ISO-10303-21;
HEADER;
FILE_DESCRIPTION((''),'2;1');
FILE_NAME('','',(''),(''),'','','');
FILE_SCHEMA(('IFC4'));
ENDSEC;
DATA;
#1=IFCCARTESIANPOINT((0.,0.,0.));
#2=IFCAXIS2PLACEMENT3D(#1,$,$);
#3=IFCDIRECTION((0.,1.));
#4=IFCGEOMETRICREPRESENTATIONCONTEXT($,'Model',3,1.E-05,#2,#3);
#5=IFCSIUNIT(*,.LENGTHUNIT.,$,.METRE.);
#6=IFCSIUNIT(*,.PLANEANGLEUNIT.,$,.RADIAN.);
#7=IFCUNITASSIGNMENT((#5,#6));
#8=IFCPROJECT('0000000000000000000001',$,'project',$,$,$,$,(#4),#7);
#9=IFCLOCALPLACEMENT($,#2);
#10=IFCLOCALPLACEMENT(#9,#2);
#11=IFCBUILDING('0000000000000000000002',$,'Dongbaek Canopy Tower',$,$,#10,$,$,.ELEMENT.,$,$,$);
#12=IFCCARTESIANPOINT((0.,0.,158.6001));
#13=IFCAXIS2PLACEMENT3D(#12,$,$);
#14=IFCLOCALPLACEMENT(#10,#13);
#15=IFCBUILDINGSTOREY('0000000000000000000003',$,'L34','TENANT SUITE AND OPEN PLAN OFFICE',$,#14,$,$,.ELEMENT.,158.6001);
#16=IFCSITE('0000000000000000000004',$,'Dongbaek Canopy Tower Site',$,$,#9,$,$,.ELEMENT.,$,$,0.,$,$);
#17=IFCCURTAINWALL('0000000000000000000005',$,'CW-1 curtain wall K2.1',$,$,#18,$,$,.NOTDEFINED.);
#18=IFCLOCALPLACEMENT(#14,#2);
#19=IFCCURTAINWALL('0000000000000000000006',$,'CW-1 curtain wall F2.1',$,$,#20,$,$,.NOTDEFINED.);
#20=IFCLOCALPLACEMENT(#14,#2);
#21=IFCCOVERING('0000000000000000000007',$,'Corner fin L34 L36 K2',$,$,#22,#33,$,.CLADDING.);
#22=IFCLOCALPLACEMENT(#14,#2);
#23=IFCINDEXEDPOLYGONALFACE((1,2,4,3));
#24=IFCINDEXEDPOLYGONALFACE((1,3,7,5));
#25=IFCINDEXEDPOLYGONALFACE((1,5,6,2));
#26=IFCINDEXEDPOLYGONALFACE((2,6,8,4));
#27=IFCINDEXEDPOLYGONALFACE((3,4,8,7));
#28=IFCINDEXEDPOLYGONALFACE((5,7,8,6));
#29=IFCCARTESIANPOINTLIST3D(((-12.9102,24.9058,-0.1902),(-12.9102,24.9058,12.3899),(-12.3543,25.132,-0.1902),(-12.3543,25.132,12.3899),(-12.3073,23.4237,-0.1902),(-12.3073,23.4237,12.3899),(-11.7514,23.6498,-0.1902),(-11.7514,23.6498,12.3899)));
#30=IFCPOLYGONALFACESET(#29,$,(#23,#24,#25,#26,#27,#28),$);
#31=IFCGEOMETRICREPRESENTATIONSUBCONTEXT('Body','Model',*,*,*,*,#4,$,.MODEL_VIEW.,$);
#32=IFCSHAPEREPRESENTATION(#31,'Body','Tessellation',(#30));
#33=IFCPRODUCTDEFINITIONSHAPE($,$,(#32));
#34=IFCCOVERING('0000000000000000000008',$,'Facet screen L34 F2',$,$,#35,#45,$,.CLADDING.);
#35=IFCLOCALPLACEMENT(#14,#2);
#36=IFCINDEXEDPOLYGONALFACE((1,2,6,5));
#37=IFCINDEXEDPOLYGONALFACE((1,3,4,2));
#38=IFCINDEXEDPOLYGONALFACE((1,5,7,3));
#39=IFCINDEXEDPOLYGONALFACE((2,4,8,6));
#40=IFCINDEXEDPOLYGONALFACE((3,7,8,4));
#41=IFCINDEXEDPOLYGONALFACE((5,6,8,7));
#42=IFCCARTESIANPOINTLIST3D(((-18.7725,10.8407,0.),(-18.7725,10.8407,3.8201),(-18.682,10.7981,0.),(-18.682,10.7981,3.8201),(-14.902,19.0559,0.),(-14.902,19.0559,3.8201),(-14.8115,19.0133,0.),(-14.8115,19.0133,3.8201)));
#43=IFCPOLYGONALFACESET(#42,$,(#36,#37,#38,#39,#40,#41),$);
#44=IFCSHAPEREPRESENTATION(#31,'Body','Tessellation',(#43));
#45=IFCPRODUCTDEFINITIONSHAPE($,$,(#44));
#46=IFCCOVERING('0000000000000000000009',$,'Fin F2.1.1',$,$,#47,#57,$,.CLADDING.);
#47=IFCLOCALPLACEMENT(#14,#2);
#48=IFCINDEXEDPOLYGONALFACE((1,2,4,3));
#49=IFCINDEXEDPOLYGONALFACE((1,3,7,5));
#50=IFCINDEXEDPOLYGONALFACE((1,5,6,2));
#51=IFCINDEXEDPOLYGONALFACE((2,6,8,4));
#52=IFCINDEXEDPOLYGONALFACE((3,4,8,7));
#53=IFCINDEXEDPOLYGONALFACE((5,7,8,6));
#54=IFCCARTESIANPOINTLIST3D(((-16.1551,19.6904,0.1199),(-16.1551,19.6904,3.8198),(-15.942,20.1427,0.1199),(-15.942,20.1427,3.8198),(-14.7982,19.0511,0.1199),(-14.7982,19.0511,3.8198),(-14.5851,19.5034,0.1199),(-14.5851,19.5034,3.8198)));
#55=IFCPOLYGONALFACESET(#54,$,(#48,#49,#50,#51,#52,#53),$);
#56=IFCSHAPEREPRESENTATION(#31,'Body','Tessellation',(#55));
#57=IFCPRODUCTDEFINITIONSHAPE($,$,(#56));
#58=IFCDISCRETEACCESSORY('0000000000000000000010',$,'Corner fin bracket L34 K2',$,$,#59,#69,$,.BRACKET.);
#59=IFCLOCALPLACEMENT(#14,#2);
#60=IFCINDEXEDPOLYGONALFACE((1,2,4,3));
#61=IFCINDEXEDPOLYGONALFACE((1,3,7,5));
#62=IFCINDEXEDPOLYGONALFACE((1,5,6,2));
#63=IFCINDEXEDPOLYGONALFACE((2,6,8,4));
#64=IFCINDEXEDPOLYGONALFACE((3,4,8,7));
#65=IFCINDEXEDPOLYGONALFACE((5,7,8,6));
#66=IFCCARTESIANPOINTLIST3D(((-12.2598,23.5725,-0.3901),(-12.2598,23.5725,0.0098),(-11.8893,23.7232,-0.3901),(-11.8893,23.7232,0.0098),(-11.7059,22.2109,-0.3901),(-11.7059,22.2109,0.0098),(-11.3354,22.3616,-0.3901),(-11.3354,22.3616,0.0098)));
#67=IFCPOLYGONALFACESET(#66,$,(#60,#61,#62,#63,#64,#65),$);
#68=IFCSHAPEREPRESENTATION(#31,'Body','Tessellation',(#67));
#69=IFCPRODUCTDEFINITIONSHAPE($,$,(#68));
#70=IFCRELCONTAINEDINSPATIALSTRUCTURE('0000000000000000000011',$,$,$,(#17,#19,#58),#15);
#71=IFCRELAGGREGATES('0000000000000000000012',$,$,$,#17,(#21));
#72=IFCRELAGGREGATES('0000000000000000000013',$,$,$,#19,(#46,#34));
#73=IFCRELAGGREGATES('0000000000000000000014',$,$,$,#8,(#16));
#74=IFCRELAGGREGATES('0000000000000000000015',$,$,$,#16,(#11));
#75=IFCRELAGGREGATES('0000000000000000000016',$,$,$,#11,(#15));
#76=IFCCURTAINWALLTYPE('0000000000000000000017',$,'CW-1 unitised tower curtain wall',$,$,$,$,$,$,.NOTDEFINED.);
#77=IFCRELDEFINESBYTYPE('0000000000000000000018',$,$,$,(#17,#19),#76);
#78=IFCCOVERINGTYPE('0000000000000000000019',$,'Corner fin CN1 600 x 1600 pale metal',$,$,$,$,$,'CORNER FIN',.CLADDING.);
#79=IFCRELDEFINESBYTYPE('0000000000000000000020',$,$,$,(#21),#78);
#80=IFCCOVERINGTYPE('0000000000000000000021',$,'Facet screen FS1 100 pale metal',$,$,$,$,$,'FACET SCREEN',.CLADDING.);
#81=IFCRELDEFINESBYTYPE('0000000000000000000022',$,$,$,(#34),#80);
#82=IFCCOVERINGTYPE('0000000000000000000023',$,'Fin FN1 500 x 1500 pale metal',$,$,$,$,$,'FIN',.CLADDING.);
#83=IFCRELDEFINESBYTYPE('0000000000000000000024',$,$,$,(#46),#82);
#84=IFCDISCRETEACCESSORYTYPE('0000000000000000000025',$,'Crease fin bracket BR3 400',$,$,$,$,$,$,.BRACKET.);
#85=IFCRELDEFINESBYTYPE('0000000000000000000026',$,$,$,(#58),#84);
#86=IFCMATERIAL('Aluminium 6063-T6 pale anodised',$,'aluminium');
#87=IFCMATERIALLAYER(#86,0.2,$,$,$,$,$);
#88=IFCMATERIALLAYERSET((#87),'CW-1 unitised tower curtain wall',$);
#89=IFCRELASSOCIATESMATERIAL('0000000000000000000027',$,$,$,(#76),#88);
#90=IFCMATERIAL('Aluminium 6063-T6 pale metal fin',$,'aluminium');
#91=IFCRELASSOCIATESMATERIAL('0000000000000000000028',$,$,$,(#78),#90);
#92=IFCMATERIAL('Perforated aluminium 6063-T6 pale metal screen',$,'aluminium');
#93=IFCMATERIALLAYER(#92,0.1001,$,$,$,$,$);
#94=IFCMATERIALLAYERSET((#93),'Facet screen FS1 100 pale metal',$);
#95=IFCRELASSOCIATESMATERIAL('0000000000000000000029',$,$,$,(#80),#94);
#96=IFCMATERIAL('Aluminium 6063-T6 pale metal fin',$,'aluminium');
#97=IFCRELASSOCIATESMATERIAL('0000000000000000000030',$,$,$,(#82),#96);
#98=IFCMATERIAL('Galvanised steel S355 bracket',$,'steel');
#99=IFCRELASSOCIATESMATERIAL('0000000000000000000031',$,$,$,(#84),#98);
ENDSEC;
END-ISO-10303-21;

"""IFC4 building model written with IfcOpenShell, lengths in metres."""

from ifc_helpers import new_model, si_unit, direction, frame, origin, origin_2d, place, context, subcontext, project, spatial, rectangle, extrude, material, layer, layer_set, material_profile, profile_set, type_object, element, aggregate, save


model = new_model("IFC4")

# Units and contexts
model_context = context("Model", 3, precision=1e-05, world=origin(), true_north=direction((0.0, 1.0)))
body_context = subcontext(model_context, "Body", "Model", "MODEL_VIEW")
ifc_project = project(units=[si_unit("LENGTHUNIT", "METRE"), si_unit("PLANEANGLEUNIT", "RADIAN")], contexts=[model_context])

# Site, building, storey
site_placement = place(None, origin())
site = spatial("IfcSite", under=ifc_project, at=site_placement, Name="Dongbaek Canopy Tower Site", CompositionType="ELEMENT", RefElevation=0.0)
building_placement = place(site_placement, origin())
building = spatial("IfcBuilding", under=site, at=building_placement, Name="Dongbaek Canopy Tower", CompositionType="ELEMENT")
storey_placement = place(building_placement, frame((0.0, 0.0, 158.6001)))
storey = spatial("IfcBuildingStorey", under=building, at=storey_placement, Name="L34", Description="TENANT SUITE AND OPEN PLAN OFFICE", CompositionType="ELEMENT", Elevation=158.6001)

# Curtain walls
ifc_material_1 = material(Name="Aluminium 6063-T6 pale anodised", Category="aluminium")
ifc_layer_1 = layer(ifc_material_1, 0.2)
ifc_layer_set_1 = layer_set([ifc_layer_1], Name="CW-1 unitised tower curtain wall")
curtain_wall_type = type_object("IfcCurtainWallType", Name="CW-1 unitised tower curtain wall", PredefinedType="NOTDEFINED", material=ifc_layer_set_1)
curtain_wall_1_placement = place(storey_placement, origin())
curtain_wall_1 = element("IfcCurtainWall", 1, at=curtain_wall_1_placement, inside=storey, type_object=curtain_wall_type, Name="CW-1 curtain wall K2.1", PredefinedType="NOTDEFINED")
curtain_wall_2_placement = place(storey_placement, origin())
curtain_wall_2 = element("IfcCurtainWall", 2, at=curtain_wall_2_placement, inside=storey, type_object=curtain_wall_type, Name="CW-1 curtain wall F2.1", PredefinedType="NOTDEFINED")

# Coverings
ifc_material_2 = material(Name="Aluminium 6063-T6 pale metal fin", Category="aluminium")
ifc_material_profile_1 = material_profile(ifc_material_2, rectangle(XDim=1.6001, YDim=0.6001, at=origin_2d()), Name="Corner fin CN1 600 x 1600 pale metal")
ifc_profile_set_1 = profile_set([ifc_material_profile_1], Name="Aluminium 6063-T6 pale metal fin")
covering_type_1 = type_object("IfcCoveringType", Name="Corner fin CN1 600 x 1600 pale metal", ElementType="CORNER FIN", PredefinedType="CLADDING", material=ifc_profile_set_1)
covering_1_placement = place(storey_placement, frame((-12.3308, 24.2778, -0.1902), z_axis=(0.0, 0.0, 1.0), x_axis=(-0.376811, 0.92629, 0.0)))
covering_1 = element("IfcCovering", 3, at=covering_1_placement, type_object=covering_type_1, Name="Corner fin L34 L36 K2", PredefinedType="CLADDING", context=body_context, shape_type="SweptSolid", body=[
    extrude(rectangle(XDim=1.6001, YDim=0.6001, at=origin_2d()), origin(), (0.0, 0.0, 1.0), 12.5801),
])
aggregate(curtain_wall_1, [covering_1])
ifc_material_3 = material(Name="Perforated aluminium 6063-T6 pale metal screen", Category="aluminium")
ifc_layer_2 = layer(ifc_material_3, 0.1001)
ifc_layer_set_2 = layer_set([ifc_layer_2], Name="Facet screen FS1 100 pale metal")
covering_type_2 = type_object("IfcCoveringType", Name="Facet screen FS1 100 pale metal", ElementType="FACET SCREEN", PredefinedType="CLADDING", material=ifc_layer_set_2)
covering_2_placement = place(storey_placement, frame((-16.792, 14.927, 0.0), z_axis=(0.0, 0.0, 1.0), x_axis=(-0.426207, -0.904626, 0.0)))
covering_2 = element("IfcCovering", 4, at=covering_2_placement, type_object=covering_type_2, Name="Facet screen L34 F2", PredefinedType="CLADDING", context=body_context, shape_type="SweptSolid", body=[
    extrude(rectangle(XDim=9.0813, YDim=0.1001, at=origin_2d()), origin(), (0.0, 0.0, 1.0), 3.8201),
])
ifc_material_4 = material(Name="Aluminium 6063-T6 pale metal fin", Category="aluminium")
ifc_material_profile_2 = material_profile(ifc_material_4, rectangle(XDim=1.5, YDim=0.5, at=origin_2d()), Name="Fin FN1 500 x 1500 pale metal")
ifc_profile_set_2 = profile_set([ifc_material_profile_2], Name="Aluminium 6063-T6 pale metal fin")
covering_type_3 = type_object("IfcCoveringType", Name="Fin FN1 500 x 1500 pale metal", ElementType="FIN", PredefinedType="CLADDING", material=ifc_profile_set_2)
covering_3_placement = place(storey_placement, frame((-15.3701, 19.5969, 0.1199), z_axis=(0.0, 0.0, 1.0), x_axis=(-0.904626, 0.426207, 0.0)))
covering_3 = element("IfcCovering", 5, at=covering_3_placement, type_object=covering_type_3, Name="Fin F2.1.1", PredefinedType="CLADDING", context=body_context, shape_type="SweptSolid", body=[
    extrude(rectangle(XDim=1.5, YDim=0.5, at=origin_2d()), origin(), (0.0, 0.0, 1.0), 3.7),
])
aggregate(curtain_wall_2, [covering_3, covering_2])

# Discrete accessory
ifc_material_5 = material(Name="Galvanised steel S355 bracket", Category="steel")
discrete_accessory_type = type_object("IfcDiscreteAccessoryType", Name="Crease fin bracket BR3 400", PredefinedType="BRACKET", material=ifc_material_5)
discrete_accessory_placement = place(storey_placement, frame((-11.7976, 22.967, -0.3901), z_axis=(0.0, 0.0, 1.0), x_axis=(-0.376811, 0.92629, 0.0)))
element("IfcDiscreteAccessory", 6, at=discrete_accessory_placement, inside=storey, type_object=discrete_accessory_type, Name="Corner fin bracket L34 K2", PredefinedType="BRACKET", context=body_context, shape_type="SweptSolid", body=[
    extrude(rectangle(XDim=1.47, YDim=0.3999, at=origin_2d()), origin(), (0.0, 0.0, 1.0), 0.3999),
])

save(model, "model.ifc")
